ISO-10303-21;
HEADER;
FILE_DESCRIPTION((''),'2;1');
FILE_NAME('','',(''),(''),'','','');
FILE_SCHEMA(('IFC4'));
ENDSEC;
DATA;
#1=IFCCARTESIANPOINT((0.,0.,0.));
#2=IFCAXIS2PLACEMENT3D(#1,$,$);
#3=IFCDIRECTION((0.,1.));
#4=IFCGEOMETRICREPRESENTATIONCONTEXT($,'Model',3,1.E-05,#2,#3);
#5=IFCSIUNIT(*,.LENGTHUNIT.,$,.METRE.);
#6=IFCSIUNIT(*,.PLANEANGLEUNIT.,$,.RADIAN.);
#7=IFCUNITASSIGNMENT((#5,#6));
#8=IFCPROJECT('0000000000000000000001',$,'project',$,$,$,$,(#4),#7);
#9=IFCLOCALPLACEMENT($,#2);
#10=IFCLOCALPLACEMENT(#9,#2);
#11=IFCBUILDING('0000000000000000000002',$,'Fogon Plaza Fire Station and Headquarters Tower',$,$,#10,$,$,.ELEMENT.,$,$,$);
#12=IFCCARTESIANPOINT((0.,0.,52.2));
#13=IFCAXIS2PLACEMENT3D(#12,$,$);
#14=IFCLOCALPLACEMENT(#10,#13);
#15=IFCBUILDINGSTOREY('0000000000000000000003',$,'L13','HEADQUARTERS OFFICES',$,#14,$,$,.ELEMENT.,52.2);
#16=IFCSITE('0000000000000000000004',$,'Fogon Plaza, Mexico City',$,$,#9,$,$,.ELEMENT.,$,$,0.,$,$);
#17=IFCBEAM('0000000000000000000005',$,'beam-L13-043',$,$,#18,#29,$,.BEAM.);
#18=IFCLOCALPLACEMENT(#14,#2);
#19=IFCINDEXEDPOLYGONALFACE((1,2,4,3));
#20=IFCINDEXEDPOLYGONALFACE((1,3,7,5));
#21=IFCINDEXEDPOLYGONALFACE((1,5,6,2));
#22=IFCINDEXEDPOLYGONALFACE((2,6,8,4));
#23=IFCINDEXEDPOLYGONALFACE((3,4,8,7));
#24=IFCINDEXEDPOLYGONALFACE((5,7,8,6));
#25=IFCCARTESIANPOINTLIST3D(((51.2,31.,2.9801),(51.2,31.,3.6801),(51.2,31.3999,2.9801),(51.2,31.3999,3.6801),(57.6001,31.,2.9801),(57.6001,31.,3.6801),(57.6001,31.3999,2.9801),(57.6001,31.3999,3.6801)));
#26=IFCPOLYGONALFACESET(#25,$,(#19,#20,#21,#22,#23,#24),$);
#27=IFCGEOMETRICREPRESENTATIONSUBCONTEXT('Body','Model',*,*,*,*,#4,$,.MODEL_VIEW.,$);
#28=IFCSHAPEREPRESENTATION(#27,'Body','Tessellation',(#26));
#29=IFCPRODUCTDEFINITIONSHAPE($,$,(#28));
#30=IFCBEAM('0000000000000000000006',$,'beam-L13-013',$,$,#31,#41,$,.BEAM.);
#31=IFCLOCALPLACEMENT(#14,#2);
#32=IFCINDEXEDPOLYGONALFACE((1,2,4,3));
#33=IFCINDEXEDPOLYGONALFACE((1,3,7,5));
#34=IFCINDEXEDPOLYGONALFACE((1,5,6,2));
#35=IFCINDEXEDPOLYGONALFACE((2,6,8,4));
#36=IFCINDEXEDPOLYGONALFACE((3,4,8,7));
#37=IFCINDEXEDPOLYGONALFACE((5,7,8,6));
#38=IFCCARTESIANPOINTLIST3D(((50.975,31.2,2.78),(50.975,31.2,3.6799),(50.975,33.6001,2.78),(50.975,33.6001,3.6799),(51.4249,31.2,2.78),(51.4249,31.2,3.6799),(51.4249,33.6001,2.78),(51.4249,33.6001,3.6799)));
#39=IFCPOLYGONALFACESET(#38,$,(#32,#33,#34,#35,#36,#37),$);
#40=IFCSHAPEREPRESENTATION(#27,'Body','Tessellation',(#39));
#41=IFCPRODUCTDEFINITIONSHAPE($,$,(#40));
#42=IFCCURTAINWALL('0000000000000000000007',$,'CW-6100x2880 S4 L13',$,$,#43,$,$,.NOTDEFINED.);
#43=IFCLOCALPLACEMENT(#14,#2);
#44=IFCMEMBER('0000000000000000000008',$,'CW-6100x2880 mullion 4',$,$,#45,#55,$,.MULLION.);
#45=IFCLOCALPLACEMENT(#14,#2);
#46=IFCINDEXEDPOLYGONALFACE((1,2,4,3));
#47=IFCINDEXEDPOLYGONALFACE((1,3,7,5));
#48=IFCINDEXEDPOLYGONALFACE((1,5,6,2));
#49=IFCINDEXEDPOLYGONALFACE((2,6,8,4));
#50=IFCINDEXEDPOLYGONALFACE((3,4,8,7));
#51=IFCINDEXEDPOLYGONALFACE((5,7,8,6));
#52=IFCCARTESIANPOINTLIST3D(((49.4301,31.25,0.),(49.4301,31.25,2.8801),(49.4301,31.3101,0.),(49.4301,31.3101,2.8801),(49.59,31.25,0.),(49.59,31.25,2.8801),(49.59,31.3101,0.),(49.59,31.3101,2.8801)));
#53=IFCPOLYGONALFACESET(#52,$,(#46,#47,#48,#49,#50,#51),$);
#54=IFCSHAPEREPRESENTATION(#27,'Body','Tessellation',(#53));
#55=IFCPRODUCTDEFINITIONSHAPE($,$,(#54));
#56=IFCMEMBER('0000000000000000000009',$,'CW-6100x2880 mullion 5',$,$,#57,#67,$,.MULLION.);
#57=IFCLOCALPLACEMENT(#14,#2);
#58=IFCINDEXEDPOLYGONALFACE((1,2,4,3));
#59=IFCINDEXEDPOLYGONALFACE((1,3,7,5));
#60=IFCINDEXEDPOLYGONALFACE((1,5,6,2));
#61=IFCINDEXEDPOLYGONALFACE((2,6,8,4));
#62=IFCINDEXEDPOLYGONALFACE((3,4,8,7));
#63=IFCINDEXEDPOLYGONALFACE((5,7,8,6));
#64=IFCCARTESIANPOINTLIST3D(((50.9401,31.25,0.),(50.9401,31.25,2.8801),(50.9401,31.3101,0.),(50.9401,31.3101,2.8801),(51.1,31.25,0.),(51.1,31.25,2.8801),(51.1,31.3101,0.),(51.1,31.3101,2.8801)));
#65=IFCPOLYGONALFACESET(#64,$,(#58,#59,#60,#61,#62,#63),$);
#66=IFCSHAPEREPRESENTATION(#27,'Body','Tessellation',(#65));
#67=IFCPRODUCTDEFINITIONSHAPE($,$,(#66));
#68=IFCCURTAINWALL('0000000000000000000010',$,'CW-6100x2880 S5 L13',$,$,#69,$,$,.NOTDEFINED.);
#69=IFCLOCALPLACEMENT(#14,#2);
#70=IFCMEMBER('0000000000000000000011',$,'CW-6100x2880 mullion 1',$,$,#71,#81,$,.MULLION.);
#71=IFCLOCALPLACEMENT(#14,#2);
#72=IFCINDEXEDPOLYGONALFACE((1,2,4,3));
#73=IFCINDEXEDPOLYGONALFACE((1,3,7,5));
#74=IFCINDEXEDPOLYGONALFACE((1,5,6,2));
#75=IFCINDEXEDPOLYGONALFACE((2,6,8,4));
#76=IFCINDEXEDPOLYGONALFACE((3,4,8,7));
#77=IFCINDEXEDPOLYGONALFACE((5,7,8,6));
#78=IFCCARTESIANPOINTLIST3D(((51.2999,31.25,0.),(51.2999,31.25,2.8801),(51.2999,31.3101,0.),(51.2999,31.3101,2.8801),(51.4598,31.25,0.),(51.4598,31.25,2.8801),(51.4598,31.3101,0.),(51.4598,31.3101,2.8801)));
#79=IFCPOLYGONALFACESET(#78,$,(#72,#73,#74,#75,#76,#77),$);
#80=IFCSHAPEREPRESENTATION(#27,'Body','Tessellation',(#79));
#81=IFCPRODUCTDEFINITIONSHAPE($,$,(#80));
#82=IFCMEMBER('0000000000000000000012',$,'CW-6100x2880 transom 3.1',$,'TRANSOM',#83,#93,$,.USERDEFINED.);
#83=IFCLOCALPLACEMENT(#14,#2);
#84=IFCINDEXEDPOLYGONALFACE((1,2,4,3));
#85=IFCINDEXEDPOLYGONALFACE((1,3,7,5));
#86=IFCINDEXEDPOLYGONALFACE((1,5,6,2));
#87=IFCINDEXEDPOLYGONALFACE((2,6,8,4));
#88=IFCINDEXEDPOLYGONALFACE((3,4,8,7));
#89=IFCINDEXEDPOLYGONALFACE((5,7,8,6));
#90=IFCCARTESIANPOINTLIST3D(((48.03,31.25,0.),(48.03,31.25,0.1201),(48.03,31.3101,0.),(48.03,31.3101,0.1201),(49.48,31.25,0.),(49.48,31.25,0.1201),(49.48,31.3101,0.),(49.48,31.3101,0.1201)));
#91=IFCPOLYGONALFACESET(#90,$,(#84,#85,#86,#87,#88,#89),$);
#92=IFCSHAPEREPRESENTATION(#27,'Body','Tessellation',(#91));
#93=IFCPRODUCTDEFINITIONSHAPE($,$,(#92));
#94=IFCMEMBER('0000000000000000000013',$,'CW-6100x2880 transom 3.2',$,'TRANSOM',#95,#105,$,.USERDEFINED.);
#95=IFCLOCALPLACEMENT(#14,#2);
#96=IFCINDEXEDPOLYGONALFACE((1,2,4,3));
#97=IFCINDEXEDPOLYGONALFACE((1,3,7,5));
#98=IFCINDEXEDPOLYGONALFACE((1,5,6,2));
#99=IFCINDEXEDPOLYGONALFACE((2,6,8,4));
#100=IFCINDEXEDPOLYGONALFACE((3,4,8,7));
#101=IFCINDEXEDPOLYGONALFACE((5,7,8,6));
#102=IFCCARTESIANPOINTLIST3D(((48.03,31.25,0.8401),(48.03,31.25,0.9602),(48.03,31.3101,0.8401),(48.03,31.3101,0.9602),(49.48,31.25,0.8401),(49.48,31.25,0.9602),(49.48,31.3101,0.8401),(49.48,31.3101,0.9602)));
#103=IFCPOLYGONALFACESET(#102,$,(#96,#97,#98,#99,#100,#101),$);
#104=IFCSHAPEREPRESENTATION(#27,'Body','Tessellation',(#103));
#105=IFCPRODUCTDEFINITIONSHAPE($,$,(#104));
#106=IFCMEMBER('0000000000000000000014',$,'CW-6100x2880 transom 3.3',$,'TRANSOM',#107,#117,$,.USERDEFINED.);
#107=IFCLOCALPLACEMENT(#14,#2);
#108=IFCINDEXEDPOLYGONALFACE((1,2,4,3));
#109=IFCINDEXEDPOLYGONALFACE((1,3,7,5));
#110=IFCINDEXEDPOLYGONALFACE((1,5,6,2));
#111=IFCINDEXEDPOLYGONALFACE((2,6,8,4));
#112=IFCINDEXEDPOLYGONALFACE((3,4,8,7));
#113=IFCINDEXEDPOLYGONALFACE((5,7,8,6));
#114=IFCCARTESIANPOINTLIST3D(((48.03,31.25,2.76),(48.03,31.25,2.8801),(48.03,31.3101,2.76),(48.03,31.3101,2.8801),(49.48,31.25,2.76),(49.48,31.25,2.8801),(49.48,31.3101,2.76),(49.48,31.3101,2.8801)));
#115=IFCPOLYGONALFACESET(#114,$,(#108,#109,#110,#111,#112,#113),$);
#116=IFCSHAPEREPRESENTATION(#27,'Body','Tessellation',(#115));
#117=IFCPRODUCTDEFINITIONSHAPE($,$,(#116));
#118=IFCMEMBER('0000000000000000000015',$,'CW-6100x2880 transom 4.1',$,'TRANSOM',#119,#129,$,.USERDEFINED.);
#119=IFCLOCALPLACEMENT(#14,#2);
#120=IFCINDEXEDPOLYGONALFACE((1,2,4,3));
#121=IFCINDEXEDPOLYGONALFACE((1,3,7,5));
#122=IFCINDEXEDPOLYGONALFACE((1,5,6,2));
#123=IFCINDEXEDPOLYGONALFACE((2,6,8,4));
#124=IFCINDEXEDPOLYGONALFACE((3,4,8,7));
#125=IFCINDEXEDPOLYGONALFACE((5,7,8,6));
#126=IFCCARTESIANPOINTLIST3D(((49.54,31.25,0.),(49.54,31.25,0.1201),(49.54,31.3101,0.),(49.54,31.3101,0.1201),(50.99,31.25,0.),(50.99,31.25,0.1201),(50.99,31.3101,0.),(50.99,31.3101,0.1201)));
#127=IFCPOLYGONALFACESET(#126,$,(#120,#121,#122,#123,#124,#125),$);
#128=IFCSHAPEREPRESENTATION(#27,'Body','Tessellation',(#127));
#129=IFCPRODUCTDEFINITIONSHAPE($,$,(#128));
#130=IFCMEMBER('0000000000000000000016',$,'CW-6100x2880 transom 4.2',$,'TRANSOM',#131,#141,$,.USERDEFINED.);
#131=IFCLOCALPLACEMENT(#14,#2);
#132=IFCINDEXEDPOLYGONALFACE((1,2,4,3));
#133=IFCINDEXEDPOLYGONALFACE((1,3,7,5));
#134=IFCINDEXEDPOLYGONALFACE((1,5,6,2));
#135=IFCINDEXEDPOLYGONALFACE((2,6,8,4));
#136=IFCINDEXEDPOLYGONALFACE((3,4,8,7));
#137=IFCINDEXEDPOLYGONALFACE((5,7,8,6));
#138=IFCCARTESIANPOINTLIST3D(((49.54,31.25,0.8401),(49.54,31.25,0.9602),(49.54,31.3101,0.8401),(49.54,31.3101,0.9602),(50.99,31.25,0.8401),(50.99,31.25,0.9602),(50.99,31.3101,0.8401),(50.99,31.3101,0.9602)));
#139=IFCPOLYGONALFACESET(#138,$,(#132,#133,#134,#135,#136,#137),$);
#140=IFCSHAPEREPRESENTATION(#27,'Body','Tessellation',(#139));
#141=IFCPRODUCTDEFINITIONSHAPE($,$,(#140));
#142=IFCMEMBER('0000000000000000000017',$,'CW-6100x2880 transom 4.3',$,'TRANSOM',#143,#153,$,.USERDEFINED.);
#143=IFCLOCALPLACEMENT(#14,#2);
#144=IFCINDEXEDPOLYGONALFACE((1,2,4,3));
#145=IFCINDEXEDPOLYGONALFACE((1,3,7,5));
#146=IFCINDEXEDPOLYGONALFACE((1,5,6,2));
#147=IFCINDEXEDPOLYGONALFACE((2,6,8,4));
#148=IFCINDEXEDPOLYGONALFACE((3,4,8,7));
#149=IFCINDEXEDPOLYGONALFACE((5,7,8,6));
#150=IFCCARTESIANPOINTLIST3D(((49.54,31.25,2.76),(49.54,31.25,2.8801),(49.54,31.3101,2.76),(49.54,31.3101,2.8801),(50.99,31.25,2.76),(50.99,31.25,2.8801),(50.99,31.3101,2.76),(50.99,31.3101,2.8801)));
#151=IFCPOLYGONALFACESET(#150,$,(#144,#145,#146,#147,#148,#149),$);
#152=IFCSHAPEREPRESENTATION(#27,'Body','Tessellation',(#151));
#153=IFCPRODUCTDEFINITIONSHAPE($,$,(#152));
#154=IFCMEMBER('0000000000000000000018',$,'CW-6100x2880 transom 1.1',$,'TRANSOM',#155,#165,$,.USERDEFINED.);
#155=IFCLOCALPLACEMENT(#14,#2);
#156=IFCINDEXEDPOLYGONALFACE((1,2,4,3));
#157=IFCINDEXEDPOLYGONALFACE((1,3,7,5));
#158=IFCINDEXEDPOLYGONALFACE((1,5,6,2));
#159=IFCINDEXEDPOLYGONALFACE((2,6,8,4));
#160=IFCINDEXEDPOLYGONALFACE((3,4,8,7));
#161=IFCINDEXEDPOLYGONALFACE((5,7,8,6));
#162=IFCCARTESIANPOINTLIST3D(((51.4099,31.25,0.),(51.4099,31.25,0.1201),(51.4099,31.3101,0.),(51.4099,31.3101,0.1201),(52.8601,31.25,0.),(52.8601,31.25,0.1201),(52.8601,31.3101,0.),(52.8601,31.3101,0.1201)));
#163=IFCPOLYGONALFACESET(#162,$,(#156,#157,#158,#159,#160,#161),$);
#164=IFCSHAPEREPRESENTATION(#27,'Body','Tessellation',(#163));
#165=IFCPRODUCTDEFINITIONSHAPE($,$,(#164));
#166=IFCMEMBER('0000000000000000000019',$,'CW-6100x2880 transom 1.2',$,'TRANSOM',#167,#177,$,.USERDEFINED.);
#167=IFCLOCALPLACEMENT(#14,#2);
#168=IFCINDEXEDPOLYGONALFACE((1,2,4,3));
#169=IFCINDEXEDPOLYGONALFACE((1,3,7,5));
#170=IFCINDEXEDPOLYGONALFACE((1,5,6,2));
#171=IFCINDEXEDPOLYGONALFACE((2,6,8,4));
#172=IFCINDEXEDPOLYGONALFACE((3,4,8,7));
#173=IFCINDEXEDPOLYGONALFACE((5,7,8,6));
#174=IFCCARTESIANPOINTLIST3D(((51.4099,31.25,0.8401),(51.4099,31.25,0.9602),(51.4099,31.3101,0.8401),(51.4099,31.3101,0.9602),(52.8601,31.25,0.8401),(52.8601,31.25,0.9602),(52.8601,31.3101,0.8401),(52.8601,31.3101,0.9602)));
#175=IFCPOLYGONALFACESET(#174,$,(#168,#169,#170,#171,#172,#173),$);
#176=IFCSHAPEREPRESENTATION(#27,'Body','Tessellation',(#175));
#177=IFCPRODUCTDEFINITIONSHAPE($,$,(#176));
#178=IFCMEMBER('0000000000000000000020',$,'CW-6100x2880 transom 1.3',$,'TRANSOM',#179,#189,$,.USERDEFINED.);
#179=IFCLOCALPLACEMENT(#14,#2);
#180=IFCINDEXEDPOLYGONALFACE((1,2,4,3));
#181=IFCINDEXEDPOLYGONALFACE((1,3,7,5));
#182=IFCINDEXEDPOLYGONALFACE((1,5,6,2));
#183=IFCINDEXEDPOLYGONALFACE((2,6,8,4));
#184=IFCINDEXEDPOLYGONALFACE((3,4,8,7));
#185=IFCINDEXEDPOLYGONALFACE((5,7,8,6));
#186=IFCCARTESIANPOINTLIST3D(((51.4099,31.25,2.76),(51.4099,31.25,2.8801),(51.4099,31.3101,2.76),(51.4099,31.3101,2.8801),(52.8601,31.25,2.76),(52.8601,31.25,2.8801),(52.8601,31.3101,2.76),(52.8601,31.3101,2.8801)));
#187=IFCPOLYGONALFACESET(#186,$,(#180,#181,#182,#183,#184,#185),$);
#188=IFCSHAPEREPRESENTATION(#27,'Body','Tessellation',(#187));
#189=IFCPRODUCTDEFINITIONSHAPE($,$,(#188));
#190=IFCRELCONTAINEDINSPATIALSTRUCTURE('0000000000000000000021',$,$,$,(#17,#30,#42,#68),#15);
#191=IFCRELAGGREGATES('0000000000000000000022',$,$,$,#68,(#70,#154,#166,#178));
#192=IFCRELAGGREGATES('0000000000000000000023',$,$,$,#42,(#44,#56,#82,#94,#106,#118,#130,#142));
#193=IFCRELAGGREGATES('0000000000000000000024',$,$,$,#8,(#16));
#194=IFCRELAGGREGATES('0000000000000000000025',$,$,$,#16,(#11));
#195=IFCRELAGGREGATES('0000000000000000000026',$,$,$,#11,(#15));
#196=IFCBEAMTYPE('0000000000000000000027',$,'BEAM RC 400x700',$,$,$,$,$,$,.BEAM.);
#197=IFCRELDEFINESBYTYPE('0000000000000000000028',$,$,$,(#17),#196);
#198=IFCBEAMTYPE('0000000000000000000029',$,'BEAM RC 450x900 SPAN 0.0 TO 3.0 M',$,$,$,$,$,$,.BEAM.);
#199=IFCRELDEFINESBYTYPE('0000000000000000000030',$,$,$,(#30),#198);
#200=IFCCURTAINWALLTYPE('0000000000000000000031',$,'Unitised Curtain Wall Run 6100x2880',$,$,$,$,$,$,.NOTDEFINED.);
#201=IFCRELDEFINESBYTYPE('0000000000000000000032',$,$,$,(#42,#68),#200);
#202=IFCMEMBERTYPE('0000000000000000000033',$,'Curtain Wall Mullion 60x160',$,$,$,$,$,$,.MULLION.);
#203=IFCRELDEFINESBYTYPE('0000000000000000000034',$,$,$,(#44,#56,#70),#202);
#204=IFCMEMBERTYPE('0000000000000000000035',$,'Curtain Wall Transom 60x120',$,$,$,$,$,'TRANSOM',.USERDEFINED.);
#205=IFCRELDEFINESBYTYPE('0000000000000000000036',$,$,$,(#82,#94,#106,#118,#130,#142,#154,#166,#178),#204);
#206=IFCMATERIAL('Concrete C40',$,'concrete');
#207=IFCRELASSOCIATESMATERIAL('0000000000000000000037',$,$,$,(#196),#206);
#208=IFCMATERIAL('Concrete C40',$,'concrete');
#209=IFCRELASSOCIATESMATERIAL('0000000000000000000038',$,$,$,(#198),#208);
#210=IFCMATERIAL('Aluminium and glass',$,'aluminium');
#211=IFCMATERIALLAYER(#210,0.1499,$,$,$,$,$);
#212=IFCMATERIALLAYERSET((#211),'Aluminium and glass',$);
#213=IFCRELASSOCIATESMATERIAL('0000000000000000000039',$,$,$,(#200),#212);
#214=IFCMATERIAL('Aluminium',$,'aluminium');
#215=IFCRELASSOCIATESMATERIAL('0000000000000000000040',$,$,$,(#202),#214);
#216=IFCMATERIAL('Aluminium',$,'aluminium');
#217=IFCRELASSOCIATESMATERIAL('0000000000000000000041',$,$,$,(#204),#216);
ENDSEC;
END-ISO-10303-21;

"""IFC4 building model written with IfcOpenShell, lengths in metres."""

from ifc_helpers import new_model, si_unit, direction, frame, origin, origin_2d, place, context, subcontext, project, spatial, rectangle, extrude, material, layer, layer_set, material_profile, profile_set, type_object, element, aggregate, save


model = new_model("IFC4")

# Units and contexts
model_context = context("Model", 3, precision=1e-05, world=origin(), true_north=direction((0.0, 1.0)))
body_context = subcontext(model_context, "Body", "Model", "MODEL_VIEW")
ifc_project = project(units=[si_unit("LENGTHUNIT", "METRE"), si_unit("PLANEANGLEUNIT", "RADIAN")], contexts=[model_context])

# Site, building, storey
site_placement = place(None, origin())
site = spatial("IfcSite", under=ifc_project, at=site_placement, Name="Fogon Plaza, Mexico City", CompositionType="ELEMENT", RefElevation=0.0)
building_placement = place(site_placement, origin())
building = spatial("IfcBuilding", under=site, at=building_placement, Name="Fogon Plaza Fire Station and Headquarters Tower", CompositionType="ELEMENT")
storey_placement = place(building_placement, frame((0.0, 0.0, 52.2)))
storey = spatial("IfcBuildingStorey", under=building, at=storey_placement, Name="L13", Description="HEADQUARTERS OFFICES", CompositionType="ELEMENT", Elevation=52.2)

# Beams
ifc_material_1 = material(Name="Concrete C40", Category="concrete")
ifc_material_profile_1 = material_profile(ifc_material_1, rectangle(XDim=0.3999, YDim=0.7, at=origin_2d()), Name="RC 400x700")
ifc_profile_set_1 = profile_set([ifc_material_profile_1], Name="Concrete C40")
beam_type_1 = type_object("IfcBeamType", Name="BEAM RC 400x700", PredefinedType="BEAM", material=ifc_profile_set_1)
beam_1_placement = place(storey_placement, frame((51.2, 31.2, 3.3301), z_axis=(1.0, 0.0, 0.0), x_axis=(0.0, 1.0, 0.0)))
element("IfcBeam", 1, at=beam_1_placement, inside=storey, type_object=beam_type_1, Name="beam-L13-043", PredefinedType="BEAM", context=body_context, shape_type="SweptSolid", body=[
    extrude(rectangle(XDim=0.3999, YDim=0.7, at=origin_2d()), origin(), (0.0, 0.0, 1.0), 6.4001),
])
ifc_material_2 = material(Name="Concrete C40", Category="concrete")
ifc_material_profile_2 = material_profile(ifc_material_2, rectangle(XDim=0.45, YDim=0.8999, at=origin_2d()), Name="RC 450x900")
ifc_profile_set_2 = profile_set([ifc_material_profile_2], Name="Concrete C40")
beam_type_2 = type_object("IfcBeamType", Name="BEAM RC 450x900 SPAN 0.0 TO 3.0 M", PredefinedType="BEAM", material=ifc_profile_set_2)
beam_2_placement = place(storey_placement, frame((51.2, 31.2, 3.23), z_axis=(0.0, 1.0, 0.0), x_axis=(-1.0, 0.0, 0.0)))
element("IfcBeam", 2, at=beam_2_placement, inside=storey, type_object=beam_type_2, Name="beam-L13-013", PredefinedType="BEAM", context=body_context, shape_type="SweptSolid", body=[
    extrude(rectangle(XDim=0.45, YDim=0.8999, at=origin_2d()), origin(), (0.0, 0.0, 1.0), 2.4001),
])

# Curtain wall, members
ifc_material_3 = material(Name="Aluminium and glass", Category="aluminium")
ifc_layer_1 = layer(ifc_material_3, 0.1499)
ifc_layer_set_1 = layer_set([ifc_layer_1], Name="Aluminium and glass")
curtain_wall_type = type_object("IfcCurtainWallType", Name="Unitised Curtain Wall Run 6100x2880", PredefinedType="NOTDEFINED", material=ifc_layer_set_1)
curtain_wall_1_placement = place(storey_placement, origin())
curtain_wall_1 = element("IfcCurtainWall", 3, at=curtain_wall_1_placement, inside=storey, type_object=curtain_wall_type, Name="CW-6100x2880 S4 L13", PredefinedType="NOTDEFINED")
ifc_material_4 = material(Name="Aluminium", Category="aluminium")
ifc_material_profile_3 = material_profile(ifc_material_4, rectangle(XDim=0.0601, YDim=0.1599, at=origin_2d()), Name="Curtain Wall Mullion 60x160")
ifc_profile_set_3 = profile_set([ifc_material_profile_3], Name="Aluminium")
member_type_1 = type_object("IfcMemberType", Name="Curtain Wall Mullion 60x160", PredefinedType="MULLION", material=ifc_profile_set_3)
member_1_placement = place(storey_placement, frame((49.51, 31.28, 0.0), z_axis=(0.0, 0.0, 1.0), x_axis=(0.0, 1.0, 0.0)))
member_1 = element("IfcMember", 4, at=member_1_placement, type_object=member_type_1, Name="CW-6100x2880 mullion 4", PredefinedType="MULLION", context=body_context, shape_type="SweptSolid", body=[
    extrude(rectangle(XDim=0.0601, YDim=0.1599, at=origin_2d()), origin(), (0.0, 0.0, 1.0), 2.8801),
])
member_2_placement = place(storey_placement, frame((51.02, 31.28, 0.0), z_axis=(0.0, 0.0, 1.0), x_axis=(0.0, 1.0, 0.0)))
member_2 = element("IfcMember", 5, at=member_2_placement, type_object=member_type_1, Name="CW-6100x2880 mullion 5", PredefinedType="MULLION", context=body_context, shape_type="SweptSolid", body=[
    extrude(rectangle(XDim=0.0601, YDim=0.1599, at=origin_2d()), origin(), (0.0, 0.0, 1.0), 2.8801),
])

# Curtain wall, member
curtain_wall_2_placement = place(storey_placement, origin())
curtain_wall_2 = element("IfcCurtainWall", 6, at=curtain_wall_2_placement, inside=storey, type_object=curtain_wall_type, Name="CW-6100x2880 S5 L13", PredefinedType="NOTDEFINED")
member_3_placement = place(storey_placement, frame((51.3799, 31.28, 0.0), z_axis=(0.0, 0.0, 1.0), x_axis=(0.0, 1.0, 0.0)))
member_3 = element("IfcMember", 7, at=member_3_placement, type_object=member_type_1, Name="CW-6100x2880 mullion 1", PredefinedType="MULLION", context=body_context, shape_type="SweptSolid", body=[
    extrude(rectangle(XDim=0.0601, YDim=0.1599, at=origin_2d()), origin(), (0.0, 0.0, 1.0), 2.8801),
])

# Members
ifc_material_5 = material(Name="Aluminium", Category="aluminium")
ifc_material_profile_4 = material_profile(ifc_material_5, rectangle(XDim=0.0601, YDim=0.1201, at=origin_2d()), Name="Curtain Wall Transom 60x120")
ifc_profile_set_4 = profile_set([ifc_material_profile_4], Name="Aluminium")
member_type_2 = type_object("IfcMemberType", Name="Curtain Wall Transom 60x120", ElementType="TRANSOM", PredefinedType="USERDEFINED", material=ifc_profile_set_4)
member_4_placement = place(storey_placement, frame((48.03, 31.28, 0.0601), z_axis=(1.0, 0.0, 0.0), x_axis=(0.0, 1.0, 0.0)))
member_4 = element("IfcMember", 8, at=member_4_placement, type_object=member_type_2, Name="CW-6100x2880 transom 3.1", ObjectType="TRANSOM", PredefinedType="USERDEFINED", context=body_context, shape_type="SweptSolid", body=[
    extrude(rectangle(XDim=0.0601, YDim=0.1201, at=origin_2d()), origin(), (0.0, 0.0, 1.0), 1.45),
])
member_5_placement = place(storey_placement, frame((48.03, 31.28, 0.9001), z_axis=(1.0, 0.0, 0.0), x_axis=(0.0, 1.0, 0.0)))
member_5 = element("IfcMember", 9, at=member_5_placement, type_object=member_type_2, Name="CW-6100x2880 transom 3.2", ObjectType="TRANSOM", PredefinedType="USERDEFINED", context=body_context, shape_type="SweptSolid", body=[
    extrude(rectangle(XDim=0.0601, YDim=0.1201, at=origin_2d()), origin(), (0.0, 0.0, 1.0), 1.45),
])
member_6_placement = place(storey_placement, frame((48.03, 31.28, 2.8201), z_axis=(1.0, 0.0, 0.0), x_axis=(0.0, 1.0, 0.0)))
member_6 = element("IfcMember", 10, at=member_6_placement, type_object=member_type_2, Name="CW-6100x2880 transom 3.3", ObjectType="TRANSOM", PredefinedType="USERDEFINED", context=body_context, shape_type="SweptSolid", body=[
    extrude(rectangle(XDim=0.0601, YDim=0.1201, at=origin_2d()), origin(), (0.0, 0.0, 1.0), 1.45),
])
member_7_placement = place(storey_placement, frame((49.54, 31.28, 0.0601), z_axis=(1.0, 0.0, 0.0), x_axis=(0.0, 1.0, 0.0)))
member_7 = element("IfcMember", 11, at=member_7_placement, type_object=member_type_2, Name="CW-6100x2880 transom 4.1", ObjectType="TRANSOM", PredefinedType="USERDEFINED", context=body_context, shape_type="SweptSolid", body=[
    extrude(rectangle(XDim=0.0601, YDim=0.1201, at=origin_2d()), origin(), (0.0, 0.0, 1.0), 1.45),
])
member_8_placement = place(storey_placement, frame((49.54, 31.28, 0.9001), z_axis=(1.0, 0.0, 0.0), x_axis=(0.0, 1.0, 0.0)))
member_8 = element("IfcMember", 12, at=member_8_placement, type_object=member_type_2, Name="CW-6100x2880 transom 4.2", ObjectType="TRANSOM", PredefinedType="USERDEFINED", context=body_context, shape_type="SweptSolid", body=[
    extrude(rectangle(XDim=0.0601, YDim=0.1201, at=origin_2d()), origin(), (0.0, 0.0, 1.0), 1.45),
])
member_9_placement = place(storey_placement, frame((49.54, 31.28, 2.8201), z_axis=(1.0, 0.0, 0.0), x_axis=(0.0, 1.0, 0.0)))
member_9 = element("IfcMember", 13, at=member_9_placement, type_object=member_type_2, Name="CW-6100x2880 transom 4.3", ObjectType="TRANSOM", PredefinedType="USERDEFINED", context=body_context, shape_type="SweptSolid", body=[
    extrude(rectangle(XDim=0.0601, YDim=0.1201, at=origin_2d()), origin(), (0.0, 0.0, 1.0), 1.45),
])
member_10_placement = place(storey_placement, frame((51.4099, 31.28, 0.0601), z_axis=(1.0, 0.0, 0.0), x_axis=(0.0, 1.0, 0.0)))
member_10 = element("IfcMember", 14, at=member_10_placement, type_object=member_type_2, Name="CW-6100x2880 transom 1.1", ObjectType="TRANSOM", PredefinedType="USERDEFINED", context=body_context, shape_type="SweptSolid", body=[
    extrude(rectangle(XDim=0.0601, YDim=0.1201, at=origin_2d()), origin(), (0.0, 0.0, 1.0), 1.4502),
])
member_11_placement = place(storey_placement, frame((51.4099, 31.28, 0.9001), z_axis=(1.0, 0.0, 0.0), x_axis=(0.0, 1.0, 0.0)))
member_11 = element("IfcMember", 15, at=member_11_placement, type_object=member_type_2, Name="CW-6100x2880 transom 1.2", ObjectType="TRANSOM", PredefinedType="USERDEFINED", context=body_context, shape_type="SweptSolid", body=[
    extrude(rectangle(XDim=0.0601, YDim=0.1201, at=origin_2d()), origin(), (0.0, 0.0, 1.0), 1.4502),
])
member_12_placement = place(storey_placement, frame((51.4099, 31.28, 2.8201), z_axis=(1.0, 0.0, 0.0), x_axis=(0.0, 1.0, 0.0)))
member_12 = element("IfcMember", 16, at=member_12_placement, type_object=member_type_2, Name="CW-6100x2880 transom 1.3", ObjectType="TRANSOM", PredefinedType="USERDEFINED", context=body_context, shape_type="SweptSolid", body=[
    extrude(rectangle(XDim=0.0601, YDim=0.1201, at=origin_2d()), origin(), (0.0, 0.0, 1.0), 1.4502),
])
aggregate(curtain_wall_2, [member_3, member_10, member_11, member_12])

aggregate(curtain_wall_1, [member_1, member_2, member_4, member_5, member_6, member_7, member_8, member_9])

save(model, "model.ifc")
